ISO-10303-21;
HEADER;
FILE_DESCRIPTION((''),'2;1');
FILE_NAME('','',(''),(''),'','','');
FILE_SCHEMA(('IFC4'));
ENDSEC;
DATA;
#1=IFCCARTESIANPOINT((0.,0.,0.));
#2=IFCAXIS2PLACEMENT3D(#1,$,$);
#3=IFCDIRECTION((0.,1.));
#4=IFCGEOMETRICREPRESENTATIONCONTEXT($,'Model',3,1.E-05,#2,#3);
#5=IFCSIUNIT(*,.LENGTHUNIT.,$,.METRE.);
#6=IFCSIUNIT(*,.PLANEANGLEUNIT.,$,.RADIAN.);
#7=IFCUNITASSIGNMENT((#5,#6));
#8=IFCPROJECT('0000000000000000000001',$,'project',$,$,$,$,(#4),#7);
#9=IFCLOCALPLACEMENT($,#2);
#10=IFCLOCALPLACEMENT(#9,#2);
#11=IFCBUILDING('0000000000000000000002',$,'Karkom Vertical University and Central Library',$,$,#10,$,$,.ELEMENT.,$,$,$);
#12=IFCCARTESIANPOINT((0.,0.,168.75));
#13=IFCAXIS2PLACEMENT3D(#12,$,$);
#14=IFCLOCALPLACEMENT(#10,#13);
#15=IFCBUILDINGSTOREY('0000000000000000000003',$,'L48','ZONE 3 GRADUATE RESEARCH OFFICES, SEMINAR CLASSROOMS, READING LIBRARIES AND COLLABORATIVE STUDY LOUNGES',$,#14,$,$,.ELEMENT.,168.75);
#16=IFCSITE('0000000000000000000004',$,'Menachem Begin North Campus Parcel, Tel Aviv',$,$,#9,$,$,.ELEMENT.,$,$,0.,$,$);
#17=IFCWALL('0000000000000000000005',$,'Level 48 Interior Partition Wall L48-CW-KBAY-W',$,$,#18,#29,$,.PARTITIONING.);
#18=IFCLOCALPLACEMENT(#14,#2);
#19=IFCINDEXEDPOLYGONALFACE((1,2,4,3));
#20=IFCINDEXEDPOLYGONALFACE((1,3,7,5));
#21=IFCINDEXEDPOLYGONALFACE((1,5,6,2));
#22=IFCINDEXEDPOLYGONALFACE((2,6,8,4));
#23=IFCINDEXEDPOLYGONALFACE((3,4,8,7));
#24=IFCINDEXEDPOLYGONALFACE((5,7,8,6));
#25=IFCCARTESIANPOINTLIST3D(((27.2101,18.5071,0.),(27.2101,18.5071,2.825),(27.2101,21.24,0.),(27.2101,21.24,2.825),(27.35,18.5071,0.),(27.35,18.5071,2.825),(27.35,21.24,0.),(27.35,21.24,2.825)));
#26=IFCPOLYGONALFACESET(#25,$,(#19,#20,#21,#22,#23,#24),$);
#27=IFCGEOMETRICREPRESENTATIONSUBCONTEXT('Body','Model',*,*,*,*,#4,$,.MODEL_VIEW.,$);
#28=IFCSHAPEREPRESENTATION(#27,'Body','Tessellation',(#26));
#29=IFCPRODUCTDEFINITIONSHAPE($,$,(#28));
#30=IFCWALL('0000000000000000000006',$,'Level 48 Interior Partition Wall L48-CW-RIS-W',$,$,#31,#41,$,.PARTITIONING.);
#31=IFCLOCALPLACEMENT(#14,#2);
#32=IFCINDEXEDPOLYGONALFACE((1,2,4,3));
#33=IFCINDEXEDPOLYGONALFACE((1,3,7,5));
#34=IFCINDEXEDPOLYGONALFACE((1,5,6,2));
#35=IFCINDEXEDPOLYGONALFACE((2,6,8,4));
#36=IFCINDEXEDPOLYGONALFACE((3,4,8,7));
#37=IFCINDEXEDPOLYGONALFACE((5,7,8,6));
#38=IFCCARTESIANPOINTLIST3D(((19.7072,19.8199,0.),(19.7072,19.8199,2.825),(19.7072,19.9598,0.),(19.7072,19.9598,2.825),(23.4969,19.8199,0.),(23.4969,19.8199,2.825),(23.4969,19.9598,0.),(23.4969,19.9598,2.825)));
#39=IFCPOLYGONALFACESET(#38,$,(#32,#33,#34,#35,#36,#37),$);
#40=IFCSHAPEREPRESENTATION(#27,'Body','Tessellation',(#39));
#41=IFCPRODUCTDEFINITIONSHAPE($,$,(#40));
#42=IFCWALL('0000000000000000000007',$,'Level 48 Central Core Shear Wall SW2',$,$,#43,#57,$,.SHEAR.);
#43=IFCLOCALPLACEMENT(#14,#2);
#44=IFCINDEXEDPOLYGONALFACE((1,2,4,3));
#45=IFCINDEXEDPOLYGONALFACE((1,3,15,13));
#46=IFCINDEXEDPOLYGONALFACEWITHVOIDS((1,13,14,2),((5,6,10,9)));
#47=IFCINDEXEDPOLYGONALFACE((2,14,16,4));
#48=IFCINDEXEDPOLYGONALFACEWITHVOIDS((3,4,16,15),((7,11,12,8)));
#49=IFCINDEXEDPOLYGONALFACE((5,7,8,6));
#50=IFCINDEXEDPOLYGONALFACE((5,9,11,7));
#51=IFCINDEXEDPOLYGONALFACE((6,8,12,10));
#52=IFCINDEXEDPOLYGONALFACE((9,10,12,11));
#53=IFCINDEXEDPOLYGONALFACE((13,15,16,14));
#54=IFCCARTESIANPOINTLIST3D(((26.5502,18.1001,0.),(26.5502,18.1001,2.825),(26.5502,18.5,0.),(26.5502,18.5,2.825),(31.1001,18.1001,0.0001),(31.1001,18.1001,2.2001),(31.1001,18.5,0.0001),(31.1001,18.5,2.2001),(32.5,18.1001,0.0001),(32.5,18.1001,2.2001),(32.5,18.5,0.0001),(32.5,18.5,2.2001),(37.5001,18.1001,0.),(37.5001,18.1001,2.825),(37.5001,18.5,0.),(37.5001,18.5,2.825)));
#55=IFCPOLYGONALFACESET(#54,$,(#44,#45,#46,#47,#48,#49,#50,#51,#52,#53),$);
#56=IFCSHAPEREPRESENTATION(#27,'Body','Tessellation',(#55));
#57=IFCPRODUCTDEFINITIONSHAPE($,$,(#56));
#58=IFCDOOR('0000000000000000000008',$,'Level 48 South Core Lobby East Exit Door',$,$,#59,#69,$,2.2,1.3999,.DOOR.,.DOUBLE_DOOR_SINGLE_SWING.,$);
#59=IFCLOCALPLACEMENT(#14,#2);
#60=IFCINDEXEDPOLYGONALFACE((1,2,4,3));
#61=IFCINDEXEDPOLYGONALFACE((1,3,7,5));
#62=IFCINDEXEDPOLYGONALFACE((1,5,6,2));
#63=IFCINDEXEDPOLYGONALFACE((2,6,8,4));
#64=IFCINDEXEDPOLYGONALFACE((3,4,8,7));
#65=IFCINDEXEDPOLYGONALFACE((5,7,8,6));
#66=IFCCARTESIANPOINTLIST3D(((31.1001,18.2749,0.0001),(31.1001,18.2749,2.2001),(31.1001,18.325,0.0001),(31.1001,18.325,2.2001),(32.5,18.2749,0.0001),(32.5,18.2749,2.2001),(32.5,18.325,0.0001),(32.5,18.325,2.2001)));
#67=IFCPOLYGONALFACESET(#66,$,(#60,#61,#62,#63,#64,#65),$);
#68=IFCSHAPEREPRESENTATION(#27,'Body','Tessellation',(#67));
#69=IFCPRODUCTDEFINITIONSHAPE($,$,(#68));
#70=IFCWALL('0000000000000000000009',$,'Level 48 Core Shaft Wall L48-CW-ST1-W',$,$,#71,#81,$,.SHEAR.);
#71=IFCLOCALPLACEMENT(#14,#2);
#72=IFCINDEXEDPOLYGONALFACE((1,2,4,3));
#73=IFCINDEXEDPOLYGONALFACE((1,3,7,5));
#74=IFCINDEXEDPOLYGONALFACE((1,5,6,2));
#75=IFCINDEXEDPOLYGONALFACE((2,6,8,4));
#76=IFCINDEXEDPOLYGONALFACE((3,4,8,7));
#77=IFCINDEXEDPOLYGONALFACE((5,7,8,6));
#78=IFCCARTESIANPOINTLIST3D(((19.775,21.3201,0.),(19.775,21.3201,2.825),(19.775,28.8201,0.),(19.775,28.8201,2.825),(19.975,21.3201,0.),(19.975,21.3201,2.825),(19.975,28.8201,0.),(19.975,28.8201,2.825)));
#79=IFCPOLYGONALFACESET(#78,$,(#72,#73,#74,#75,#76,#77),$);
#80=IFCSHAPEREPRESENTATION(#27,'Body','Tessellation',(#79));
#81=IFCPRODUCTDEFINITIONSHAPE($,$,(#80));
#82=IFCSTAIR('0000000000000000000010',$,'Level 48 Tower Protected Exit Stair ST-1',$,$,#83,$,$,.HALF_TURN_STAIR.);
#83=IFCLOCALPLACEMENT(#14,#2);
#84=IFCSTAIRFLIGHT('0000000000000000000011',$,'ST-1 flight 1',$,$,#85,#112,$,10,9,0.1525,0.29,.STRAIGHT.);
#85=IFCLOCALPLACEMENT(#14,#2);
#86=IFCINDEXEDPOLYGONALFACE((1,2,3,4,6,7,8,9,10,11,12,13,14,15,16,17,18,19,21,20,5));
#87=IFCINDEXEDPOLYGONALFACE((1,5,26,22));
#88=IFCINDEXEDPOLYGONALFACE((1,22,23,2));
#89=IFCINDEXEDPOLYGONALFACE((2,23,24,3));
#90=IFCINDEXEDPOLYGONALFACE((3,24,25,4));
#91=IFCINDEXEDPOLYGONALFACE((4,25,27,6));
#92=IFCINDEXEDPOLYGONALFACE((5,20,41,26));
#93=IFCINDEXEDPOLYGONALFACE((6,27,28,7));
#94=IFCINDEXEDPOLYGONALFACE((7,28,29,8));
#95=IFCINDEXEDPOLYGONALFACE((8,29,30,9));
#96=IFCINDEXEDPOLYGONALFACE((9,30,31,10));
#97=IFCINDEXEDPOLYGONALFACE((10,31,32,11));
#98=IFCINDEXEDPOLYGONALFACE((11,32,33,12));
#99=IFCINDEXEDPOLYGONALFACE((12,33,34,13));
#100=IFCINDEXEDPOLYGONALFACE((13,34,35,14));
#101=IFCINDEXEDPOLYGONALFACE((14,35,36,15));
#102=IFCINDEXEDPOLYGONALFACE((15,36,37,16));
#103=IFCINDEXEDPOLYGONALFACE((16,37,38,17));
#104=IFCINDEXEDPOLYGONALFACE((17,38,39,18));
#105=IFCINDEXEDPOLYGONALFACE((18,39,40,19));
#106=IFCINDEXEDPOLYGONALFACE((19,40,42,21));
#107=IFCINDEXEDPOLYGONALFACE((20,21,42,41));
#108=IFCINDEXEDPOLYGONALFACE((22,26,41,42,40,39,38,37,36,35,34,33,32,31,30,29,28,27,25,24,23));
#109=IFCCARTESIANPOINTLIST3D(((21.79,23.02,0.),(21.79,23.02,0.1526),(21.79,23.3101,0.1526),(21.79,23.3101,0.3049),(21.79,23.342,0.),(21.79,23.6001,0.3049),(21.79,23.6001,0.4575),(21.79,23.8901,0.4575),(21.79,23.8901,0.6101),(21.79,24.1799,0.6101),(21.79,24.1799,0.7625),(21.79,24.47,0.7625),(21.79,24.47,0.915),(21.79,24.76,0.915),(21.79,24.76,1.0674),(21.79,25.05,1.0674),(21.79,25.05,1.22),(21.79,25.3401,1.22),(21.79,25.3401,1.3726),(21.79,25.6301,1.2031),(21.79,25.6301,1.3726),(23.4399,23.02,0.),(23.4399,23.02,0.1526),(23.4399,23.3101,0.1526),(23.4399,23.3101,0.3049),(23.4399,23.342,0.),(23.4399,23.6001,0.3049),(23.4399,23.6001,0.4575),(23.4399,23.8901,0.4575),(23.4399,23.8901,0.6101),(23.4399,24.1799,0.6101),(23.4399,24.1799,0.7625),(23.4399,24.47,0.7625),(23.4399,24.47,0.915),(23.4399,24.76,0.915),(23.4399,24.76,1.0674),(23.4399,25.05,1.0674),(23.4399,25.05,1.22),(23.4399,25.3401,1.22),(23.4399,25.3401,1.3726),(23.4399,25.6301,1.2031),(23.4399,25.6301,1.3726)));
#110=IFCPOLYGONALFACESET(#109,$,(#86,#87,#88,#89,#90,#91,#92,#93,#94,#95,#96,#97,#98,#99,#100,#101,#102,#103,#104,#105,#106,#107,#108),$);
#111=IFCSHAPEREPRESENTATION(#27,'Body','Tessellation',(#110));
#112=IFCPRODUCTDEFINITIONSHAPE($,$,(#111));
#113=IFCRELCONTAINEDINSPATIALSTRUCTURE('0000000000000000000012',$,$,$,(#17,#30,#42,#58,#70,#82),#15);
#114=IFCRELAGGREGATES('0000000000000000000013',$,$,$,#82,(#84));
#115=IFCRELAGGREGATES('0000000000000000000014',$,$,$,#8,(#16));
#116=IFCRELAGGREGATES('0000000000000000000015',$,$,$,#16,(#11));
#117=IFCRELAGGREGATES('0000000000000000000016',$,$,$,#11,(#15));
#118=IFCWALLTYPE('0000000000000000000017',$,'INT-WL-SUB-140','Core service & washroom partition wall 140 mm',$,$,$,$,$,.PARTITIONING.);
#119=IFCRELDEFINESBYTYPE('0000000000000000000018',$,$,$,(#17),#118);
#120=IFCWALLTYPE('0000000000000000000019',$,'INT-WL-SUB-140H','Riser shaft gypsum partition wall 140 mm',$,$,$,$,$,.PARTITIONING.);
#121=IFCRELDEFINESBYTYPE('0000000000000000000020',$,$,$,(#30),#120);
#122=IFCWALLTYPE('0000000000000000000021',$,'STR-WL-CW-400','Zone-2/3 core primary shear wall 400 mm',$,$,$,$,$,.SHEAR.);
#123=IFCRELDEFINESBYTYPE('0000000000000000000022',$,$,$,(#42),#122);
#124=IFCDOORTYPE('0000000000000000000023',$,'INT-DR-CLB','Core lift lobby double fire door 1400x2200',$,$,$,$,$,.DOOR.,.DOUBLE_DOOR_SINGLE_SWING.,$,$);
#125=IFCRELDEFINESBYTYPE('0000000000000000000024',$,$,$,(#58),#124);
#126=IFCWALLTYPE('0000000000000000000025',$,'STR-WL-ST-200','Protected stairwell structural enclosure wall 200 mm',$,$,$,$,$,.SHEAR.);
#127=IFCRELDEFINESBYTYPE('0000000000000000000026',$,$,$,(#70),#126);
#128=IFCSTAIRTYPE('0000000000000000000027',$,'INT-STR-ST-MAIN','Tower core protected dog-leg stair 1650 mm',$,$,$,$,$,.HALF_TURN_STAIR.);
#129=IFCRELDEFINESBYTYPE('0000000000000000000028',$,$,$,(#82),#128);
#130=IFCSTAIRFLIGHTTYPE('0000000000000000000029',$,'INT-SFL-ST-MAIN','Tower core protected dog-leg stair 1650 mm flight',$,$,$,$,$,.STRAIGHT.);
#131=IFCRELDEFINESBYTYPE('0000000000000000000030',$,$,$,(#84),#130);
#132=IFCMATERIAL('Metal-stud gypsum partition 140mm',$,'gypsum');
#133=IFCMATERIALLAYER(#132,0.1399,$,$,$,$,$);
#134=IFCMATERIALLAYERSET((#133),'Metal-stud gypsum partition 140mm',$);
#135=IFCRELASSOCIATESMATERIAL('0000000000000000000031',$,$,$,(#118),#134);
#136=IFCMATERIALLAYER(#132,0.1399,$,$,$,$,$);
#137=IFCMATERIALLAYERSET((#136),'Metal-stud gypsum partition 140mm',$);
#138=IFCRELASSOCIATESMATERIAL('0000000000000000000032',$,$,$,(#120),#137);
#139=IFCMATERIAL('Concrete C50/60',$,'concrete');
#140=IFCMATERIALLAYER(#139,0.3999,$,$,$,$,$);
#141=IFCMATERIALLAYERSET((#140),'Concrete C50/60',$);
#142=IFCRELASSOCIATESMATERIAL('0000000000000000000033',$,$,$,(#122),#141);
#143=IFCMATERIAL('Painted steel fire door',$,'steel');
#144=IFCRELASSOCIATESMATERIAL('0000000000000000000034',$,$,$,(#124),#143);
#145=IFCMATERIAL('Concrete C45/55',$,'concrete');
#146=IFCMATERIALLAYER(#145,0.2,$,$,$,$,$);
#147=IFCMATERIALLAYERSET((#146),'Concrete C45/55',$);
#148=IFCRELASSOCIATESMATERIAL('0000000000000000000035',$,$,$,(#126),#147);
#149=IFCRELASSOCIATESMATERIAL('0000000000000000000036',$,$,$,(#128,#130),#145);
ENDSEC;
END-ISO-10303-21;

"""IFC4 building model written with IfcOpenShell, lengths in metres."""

from ifc_helpers import new_model, si_unit, direction, frame, frame_2d, origin, origin_with_axes, place, context, subcontext, project, spatial, polyline, rectangle, outline, extrude, source, transform, mapped, material, layer, layer_set, type_object, element, fill, aggregate, save


model = new_model("IFC4")

# Units and contexts
model_context = context("Model", 3, precision=1e-05, world=origin(), true_north=direction((0.0, 1.0)))
body_context = subcontext(model_context, "Body", "Model", "MODEL_VIEW")
ifc_project = project(units=[si_unit("LENGTHUNIT", "METRE"), si_unit("PLANEANGLEUNIT", "RADIAN")], contexts=[model_context])

# Site, building, storey
site_placement = place(None, origin())
site = spatial("IfcSite", under=ifc_project, at=site_placement, Name="Menachem Begin North Campus Parcel, Tel Aviv", CompositionType="ELEMENT", RefElevation=0.0)
building_placement = place(site_placement, origin())
building = spatial("IfcBuilding", under=site, at=building_placement, Name="Karkom Vertical University and Central Library", CompositionType="ELEMENT")
storey_placement = place(building_placement, frame((0.0, 0.0, 168.75)))
storey = spatial("IfcBuildingStorey", under=building, at=storey_placement, Name="L48", Description="ZONE 3 GRADUATE RESEARCH OFFICES, SEMINAR CLASSROOMS, READING LIBRARIES AND COLLABORATIVE STUDY LOUNGES", CompositionType="ELEMENT", Elevation=168.75)

# Shared definitions
ifc_material_1 = material(Name="Concrete C50/60", Category="concrete")

# Shared definitions
ifc_material_2 = material(Name="Metal-stud gypsum partition 140mm", Category="gypsum")
ifc_layer_1 = layer(ifc_material_2, 0.1399)
ifc_layer_set_1 = layer_set([ifc_layer_1], Name="Metal-stud gypsum partition 140mm")
wall_type_1 = type_object("IfcWallType", Name="INT-WL-SUB-140", Description="Core service & washroom partition wall 140 mm", PredefinedType="PARTITIONING", material=ifc_layer_set_1)

# Walls
wall_1_placement = place(storey_placement, frame((27.28, 18.5071, 0.0), z_axis=(0.0, 0.0, 1.0), x_axis=(0.0, 1.0, 0.0)))
element("IfcWall", 1, at=wall_1_placement, inside=storey, type_object=wall_type_1, Name="Level 48 Interior Partition Wall L48-CW-KBAY-W", PredefinedType="PARTITIONING", context=body_context, shape_type="SweptSolid", body=[
    extrude(rectangle(XDim=2.7329, YDim=0.1399, at=frame_2d((1.3665, 0.0))), origin(), (0.0, 0.0, 1.0), 2.825),
])
ifc_layer_2 = layer(ifc_material_2, 0.1399)
ifc_layer_set_2 = layer_set([ifc_layer_2], Name="Metal-stud gypsum partition 140mm")
wall_type_2 = type_object("IfcWallType", Name="INT-WL-SUB-140H", Description="Riser shaft gypsum partition wall 140 mm", PredefinedType="PARTITIONING", material=ifc_layer_set_2)
wall_2_placement = place(storey_placement, frame((19.707, 19.8899, 0.0), z_axis=(0.0, 0.0, 1.0), x_axis=(1.0, 0.0, 0.0)))
element("IfcWall", 2, at=wall_2_placement, inside=storey, type_object=wall_type_2, Name="Level 48 Interior Partition Wall L48-CW-RIS-W", PredefinedType="PARTITIONING", context=body_context, shape_type="SweptSolid", body=[
    extrude(rectangle(XDim=3.7898, YDim=0.1399, at=frame_2d((1.895, 0.0))), origin(), (0.0, 0.0, 1.0), 2.825),
])

# Wall, opening, door
ifc_layer_3 = layer(ifc_material_1, 0.3999)
ifc_layer_set_3 = layer_set([ifc_layer_3], Name="Concrete C50/60")
wall_type_3 = type_object("IfcWallType", Name="STR-WL-CW-400", Description="Zone-2/3 core primary shear wall 400 mm", PredefinedType="SHEAR", material=ifc_layer_set_3)
wall_3_placement = place(storey_placement, frame((26.55, 18.3, 0.0), z_axis=(0.0, 0.0, 1.0), x_axis=(1.0, 0.0, 0.0)))
wall_3 = element("IfcWall", 3, at=wall_3_placement, inside=storey, type_object=wall_type_3, Name="Level 48 Central Core Shear Wall SW2", PredefinedType="SHEAR", context=body_context, shape_type="SweptSolid", body=[
    extrude(rectangle(XDim=10.95, YDim=0.3999, at=frame_2d((5.4751, 0.0))), origin(), (0.0, 0.0, 1.0), 2.825),
])
opening_1_placement = place(wall_3_placement, frame((4.55, 0.0, 0.0)))
opening_1 = element("IfcOpeningElement", 4, at=opening_1_placement, cuts=wall_3, PredefinedType="OPENING", context=body_context, shape_type="SweptSolid", body=[
    extrude(rectangle(XDim=1.3999, YDim=2.2, at=frame_2d((0.7, 1.1001))), frame((0.0, 0.21, 0.0), z_axis=(0.0, -1.0, 0.0), x_axis=(1.0, 0.0, 0.0)), (0.0, 0.0, 1.0), 0.4199),
])
ifc_material_3 = material(Name="Painted steel fire door", Category="steel")
door_type_1 = type_object("IfcDoorType", Name="INT-DR-CLB", Description="Core lift lobby double fire door 1400x2200", OperationType="DOUBLE_DOOR_SINGLE_SWING", PredefinedType="DOOR", material=ifc_material_3)
shared_shape_1 = source(origin_with_axes(), body_context, "Body", "SweptSolid", [
    extrude(rectangle(XDim=1.3999, YDim=2.2, at=frame_2d((0.7, 1.1001))), frame((0.0, 0.0249, 0.0), z_axis=(0.0, -1.0, 0.0), x_axis=(1.0, 0.0, 0.0)), (0.0, 0.0, 1.0), 0.05),
])
door_1_placement = place(opening_1_placement, origin())
door_1 = element("IfcDoor", 5, at=door_1_placement, inside=storey, type_object=door_type_1, Name="Level 48 South Core Lobby East Exit Door", OperationType="DOUBLE_DOOR_SINGLE_SWING", OverallHeight=2.2, OverallWidth=1.3999, PredefinedType="DOOR", context=body_context, shape_type="MappedRepresentation", body=[
    mapped(shared_shape_1, transform((0.0, 0.0, 0.0), scale=1.0)),
])
fill(opening_1, door_1)

# Shared definitions
ifc_material_4 = material(Name="Concrete C45/55", Category="concrete")
ifc_layer_4 = layer(ifc_material_4, 0.2)
ifc_layer_set_4 = layer_set([ifc_layer_4], Name="Concrete C45/55")
wall_type_4 = type_object("IfcWallType", Name="STR-WL-ST-200", Description="Protected stairwell structural enclosure wall 200 mm", PredefinedType="SHEAR", material=ifc_layer_set_4)

# Wall
wall_4_placement = place(storey_placement, frame((19.875, 21.3201, 0.0), z_axis=(0.0, 0.0, 1.0), x_axis=(0.0, 1.0, 0.0)))
element("IfcWall", 6, at=wall_4_placement, inside=storey, type_object=wall_type_4, Name="Level 48 Core Shaft Wall L48-CW-ST1-W", PredefinedType="SHEAR", context=body_context, shape_type="SweptSolid", body=[
    extrude(rectangle(XDim=7.5, YDim=0.2, at=frame_2d((3.75, 0.0))), origin(), (0.0, 0.0, 1.0), 2.825),
])

# Stair, stair flight
stair_type = type_object("IfcStairType", Name="INT-STR-ST-MAIN", Description="Tower core protected dog-leg stair 1650 mm", PredefinedType="HALF_TURN_STAIR", material=ifc_material_4)
stair_placement = place(storey_placement, origin())
stair = element("IfcStair", 7, at=stair_placement, inside=storey, type_object=stair_type, Name="Level 48 Tower Protected Exit Stair ST-1", PredefinedType="HALF_TURN_STAIR")
stair_flight_type = type_object("IfcStairFlightType", Name="INT-SFL-ST-MAIN", Description="Tower core protected dog-leg stair 1650 mm flight", PredefinedType="STRAIGHT", material=ifc_material_4)
stair_flight_placement = place(storey_placement, frame((22.615, 23.02, 0.0), z_axis=(0.0, 0.0, 1.0), x_axis=(0.0, 1.0, 0.0)))
stair_flight = element("IfcStairFlight", 8, at=stair_flight_placement, type_object=stair_flight_type, Name="ST-1 flight 1", NumberOfRisers=10, NumberOfTreads=9, PredefinedType="STRAIGHT", RiserHeight=0.1525, TreadLength=0.29, context=body_context, shape_type="SweptSolid", body=[
    extrude(outline(polyline([(0.0, 0.0), (0.0, 0.1526), (0.29, 0.1526), (0.29, 0.3049), (0.5801, 0.3049), (0.5801, 0.4575), (0.8701, 0.4575), (0.8701, 0.6101), (1.1599, 0.6101), (1.1599, 0.7625), (1.45, 0.7625), (1.45, 0.915), (1.74, 0.915), (1.74, 1.0674), (2.03, 1.0674), (2.03, 1.22), (2.3201, 1.22), (2.3201, 1.3726), (2.6101, 1.3726), (2.6101, 1.5249), (2.6101, 1.2031), (0.322, 0.0), (0.0, 0.0)])), frame((0.0, 0.825, 0.0), z_axis=(0.0, -1.0, 0.0), x_axis=(1.0, 0.0, 0.0)), (0.0, 0.0, 1.0), 1.6499),
])
aggregate(stair, [stair_flight])

save(model, "model.ifc")
